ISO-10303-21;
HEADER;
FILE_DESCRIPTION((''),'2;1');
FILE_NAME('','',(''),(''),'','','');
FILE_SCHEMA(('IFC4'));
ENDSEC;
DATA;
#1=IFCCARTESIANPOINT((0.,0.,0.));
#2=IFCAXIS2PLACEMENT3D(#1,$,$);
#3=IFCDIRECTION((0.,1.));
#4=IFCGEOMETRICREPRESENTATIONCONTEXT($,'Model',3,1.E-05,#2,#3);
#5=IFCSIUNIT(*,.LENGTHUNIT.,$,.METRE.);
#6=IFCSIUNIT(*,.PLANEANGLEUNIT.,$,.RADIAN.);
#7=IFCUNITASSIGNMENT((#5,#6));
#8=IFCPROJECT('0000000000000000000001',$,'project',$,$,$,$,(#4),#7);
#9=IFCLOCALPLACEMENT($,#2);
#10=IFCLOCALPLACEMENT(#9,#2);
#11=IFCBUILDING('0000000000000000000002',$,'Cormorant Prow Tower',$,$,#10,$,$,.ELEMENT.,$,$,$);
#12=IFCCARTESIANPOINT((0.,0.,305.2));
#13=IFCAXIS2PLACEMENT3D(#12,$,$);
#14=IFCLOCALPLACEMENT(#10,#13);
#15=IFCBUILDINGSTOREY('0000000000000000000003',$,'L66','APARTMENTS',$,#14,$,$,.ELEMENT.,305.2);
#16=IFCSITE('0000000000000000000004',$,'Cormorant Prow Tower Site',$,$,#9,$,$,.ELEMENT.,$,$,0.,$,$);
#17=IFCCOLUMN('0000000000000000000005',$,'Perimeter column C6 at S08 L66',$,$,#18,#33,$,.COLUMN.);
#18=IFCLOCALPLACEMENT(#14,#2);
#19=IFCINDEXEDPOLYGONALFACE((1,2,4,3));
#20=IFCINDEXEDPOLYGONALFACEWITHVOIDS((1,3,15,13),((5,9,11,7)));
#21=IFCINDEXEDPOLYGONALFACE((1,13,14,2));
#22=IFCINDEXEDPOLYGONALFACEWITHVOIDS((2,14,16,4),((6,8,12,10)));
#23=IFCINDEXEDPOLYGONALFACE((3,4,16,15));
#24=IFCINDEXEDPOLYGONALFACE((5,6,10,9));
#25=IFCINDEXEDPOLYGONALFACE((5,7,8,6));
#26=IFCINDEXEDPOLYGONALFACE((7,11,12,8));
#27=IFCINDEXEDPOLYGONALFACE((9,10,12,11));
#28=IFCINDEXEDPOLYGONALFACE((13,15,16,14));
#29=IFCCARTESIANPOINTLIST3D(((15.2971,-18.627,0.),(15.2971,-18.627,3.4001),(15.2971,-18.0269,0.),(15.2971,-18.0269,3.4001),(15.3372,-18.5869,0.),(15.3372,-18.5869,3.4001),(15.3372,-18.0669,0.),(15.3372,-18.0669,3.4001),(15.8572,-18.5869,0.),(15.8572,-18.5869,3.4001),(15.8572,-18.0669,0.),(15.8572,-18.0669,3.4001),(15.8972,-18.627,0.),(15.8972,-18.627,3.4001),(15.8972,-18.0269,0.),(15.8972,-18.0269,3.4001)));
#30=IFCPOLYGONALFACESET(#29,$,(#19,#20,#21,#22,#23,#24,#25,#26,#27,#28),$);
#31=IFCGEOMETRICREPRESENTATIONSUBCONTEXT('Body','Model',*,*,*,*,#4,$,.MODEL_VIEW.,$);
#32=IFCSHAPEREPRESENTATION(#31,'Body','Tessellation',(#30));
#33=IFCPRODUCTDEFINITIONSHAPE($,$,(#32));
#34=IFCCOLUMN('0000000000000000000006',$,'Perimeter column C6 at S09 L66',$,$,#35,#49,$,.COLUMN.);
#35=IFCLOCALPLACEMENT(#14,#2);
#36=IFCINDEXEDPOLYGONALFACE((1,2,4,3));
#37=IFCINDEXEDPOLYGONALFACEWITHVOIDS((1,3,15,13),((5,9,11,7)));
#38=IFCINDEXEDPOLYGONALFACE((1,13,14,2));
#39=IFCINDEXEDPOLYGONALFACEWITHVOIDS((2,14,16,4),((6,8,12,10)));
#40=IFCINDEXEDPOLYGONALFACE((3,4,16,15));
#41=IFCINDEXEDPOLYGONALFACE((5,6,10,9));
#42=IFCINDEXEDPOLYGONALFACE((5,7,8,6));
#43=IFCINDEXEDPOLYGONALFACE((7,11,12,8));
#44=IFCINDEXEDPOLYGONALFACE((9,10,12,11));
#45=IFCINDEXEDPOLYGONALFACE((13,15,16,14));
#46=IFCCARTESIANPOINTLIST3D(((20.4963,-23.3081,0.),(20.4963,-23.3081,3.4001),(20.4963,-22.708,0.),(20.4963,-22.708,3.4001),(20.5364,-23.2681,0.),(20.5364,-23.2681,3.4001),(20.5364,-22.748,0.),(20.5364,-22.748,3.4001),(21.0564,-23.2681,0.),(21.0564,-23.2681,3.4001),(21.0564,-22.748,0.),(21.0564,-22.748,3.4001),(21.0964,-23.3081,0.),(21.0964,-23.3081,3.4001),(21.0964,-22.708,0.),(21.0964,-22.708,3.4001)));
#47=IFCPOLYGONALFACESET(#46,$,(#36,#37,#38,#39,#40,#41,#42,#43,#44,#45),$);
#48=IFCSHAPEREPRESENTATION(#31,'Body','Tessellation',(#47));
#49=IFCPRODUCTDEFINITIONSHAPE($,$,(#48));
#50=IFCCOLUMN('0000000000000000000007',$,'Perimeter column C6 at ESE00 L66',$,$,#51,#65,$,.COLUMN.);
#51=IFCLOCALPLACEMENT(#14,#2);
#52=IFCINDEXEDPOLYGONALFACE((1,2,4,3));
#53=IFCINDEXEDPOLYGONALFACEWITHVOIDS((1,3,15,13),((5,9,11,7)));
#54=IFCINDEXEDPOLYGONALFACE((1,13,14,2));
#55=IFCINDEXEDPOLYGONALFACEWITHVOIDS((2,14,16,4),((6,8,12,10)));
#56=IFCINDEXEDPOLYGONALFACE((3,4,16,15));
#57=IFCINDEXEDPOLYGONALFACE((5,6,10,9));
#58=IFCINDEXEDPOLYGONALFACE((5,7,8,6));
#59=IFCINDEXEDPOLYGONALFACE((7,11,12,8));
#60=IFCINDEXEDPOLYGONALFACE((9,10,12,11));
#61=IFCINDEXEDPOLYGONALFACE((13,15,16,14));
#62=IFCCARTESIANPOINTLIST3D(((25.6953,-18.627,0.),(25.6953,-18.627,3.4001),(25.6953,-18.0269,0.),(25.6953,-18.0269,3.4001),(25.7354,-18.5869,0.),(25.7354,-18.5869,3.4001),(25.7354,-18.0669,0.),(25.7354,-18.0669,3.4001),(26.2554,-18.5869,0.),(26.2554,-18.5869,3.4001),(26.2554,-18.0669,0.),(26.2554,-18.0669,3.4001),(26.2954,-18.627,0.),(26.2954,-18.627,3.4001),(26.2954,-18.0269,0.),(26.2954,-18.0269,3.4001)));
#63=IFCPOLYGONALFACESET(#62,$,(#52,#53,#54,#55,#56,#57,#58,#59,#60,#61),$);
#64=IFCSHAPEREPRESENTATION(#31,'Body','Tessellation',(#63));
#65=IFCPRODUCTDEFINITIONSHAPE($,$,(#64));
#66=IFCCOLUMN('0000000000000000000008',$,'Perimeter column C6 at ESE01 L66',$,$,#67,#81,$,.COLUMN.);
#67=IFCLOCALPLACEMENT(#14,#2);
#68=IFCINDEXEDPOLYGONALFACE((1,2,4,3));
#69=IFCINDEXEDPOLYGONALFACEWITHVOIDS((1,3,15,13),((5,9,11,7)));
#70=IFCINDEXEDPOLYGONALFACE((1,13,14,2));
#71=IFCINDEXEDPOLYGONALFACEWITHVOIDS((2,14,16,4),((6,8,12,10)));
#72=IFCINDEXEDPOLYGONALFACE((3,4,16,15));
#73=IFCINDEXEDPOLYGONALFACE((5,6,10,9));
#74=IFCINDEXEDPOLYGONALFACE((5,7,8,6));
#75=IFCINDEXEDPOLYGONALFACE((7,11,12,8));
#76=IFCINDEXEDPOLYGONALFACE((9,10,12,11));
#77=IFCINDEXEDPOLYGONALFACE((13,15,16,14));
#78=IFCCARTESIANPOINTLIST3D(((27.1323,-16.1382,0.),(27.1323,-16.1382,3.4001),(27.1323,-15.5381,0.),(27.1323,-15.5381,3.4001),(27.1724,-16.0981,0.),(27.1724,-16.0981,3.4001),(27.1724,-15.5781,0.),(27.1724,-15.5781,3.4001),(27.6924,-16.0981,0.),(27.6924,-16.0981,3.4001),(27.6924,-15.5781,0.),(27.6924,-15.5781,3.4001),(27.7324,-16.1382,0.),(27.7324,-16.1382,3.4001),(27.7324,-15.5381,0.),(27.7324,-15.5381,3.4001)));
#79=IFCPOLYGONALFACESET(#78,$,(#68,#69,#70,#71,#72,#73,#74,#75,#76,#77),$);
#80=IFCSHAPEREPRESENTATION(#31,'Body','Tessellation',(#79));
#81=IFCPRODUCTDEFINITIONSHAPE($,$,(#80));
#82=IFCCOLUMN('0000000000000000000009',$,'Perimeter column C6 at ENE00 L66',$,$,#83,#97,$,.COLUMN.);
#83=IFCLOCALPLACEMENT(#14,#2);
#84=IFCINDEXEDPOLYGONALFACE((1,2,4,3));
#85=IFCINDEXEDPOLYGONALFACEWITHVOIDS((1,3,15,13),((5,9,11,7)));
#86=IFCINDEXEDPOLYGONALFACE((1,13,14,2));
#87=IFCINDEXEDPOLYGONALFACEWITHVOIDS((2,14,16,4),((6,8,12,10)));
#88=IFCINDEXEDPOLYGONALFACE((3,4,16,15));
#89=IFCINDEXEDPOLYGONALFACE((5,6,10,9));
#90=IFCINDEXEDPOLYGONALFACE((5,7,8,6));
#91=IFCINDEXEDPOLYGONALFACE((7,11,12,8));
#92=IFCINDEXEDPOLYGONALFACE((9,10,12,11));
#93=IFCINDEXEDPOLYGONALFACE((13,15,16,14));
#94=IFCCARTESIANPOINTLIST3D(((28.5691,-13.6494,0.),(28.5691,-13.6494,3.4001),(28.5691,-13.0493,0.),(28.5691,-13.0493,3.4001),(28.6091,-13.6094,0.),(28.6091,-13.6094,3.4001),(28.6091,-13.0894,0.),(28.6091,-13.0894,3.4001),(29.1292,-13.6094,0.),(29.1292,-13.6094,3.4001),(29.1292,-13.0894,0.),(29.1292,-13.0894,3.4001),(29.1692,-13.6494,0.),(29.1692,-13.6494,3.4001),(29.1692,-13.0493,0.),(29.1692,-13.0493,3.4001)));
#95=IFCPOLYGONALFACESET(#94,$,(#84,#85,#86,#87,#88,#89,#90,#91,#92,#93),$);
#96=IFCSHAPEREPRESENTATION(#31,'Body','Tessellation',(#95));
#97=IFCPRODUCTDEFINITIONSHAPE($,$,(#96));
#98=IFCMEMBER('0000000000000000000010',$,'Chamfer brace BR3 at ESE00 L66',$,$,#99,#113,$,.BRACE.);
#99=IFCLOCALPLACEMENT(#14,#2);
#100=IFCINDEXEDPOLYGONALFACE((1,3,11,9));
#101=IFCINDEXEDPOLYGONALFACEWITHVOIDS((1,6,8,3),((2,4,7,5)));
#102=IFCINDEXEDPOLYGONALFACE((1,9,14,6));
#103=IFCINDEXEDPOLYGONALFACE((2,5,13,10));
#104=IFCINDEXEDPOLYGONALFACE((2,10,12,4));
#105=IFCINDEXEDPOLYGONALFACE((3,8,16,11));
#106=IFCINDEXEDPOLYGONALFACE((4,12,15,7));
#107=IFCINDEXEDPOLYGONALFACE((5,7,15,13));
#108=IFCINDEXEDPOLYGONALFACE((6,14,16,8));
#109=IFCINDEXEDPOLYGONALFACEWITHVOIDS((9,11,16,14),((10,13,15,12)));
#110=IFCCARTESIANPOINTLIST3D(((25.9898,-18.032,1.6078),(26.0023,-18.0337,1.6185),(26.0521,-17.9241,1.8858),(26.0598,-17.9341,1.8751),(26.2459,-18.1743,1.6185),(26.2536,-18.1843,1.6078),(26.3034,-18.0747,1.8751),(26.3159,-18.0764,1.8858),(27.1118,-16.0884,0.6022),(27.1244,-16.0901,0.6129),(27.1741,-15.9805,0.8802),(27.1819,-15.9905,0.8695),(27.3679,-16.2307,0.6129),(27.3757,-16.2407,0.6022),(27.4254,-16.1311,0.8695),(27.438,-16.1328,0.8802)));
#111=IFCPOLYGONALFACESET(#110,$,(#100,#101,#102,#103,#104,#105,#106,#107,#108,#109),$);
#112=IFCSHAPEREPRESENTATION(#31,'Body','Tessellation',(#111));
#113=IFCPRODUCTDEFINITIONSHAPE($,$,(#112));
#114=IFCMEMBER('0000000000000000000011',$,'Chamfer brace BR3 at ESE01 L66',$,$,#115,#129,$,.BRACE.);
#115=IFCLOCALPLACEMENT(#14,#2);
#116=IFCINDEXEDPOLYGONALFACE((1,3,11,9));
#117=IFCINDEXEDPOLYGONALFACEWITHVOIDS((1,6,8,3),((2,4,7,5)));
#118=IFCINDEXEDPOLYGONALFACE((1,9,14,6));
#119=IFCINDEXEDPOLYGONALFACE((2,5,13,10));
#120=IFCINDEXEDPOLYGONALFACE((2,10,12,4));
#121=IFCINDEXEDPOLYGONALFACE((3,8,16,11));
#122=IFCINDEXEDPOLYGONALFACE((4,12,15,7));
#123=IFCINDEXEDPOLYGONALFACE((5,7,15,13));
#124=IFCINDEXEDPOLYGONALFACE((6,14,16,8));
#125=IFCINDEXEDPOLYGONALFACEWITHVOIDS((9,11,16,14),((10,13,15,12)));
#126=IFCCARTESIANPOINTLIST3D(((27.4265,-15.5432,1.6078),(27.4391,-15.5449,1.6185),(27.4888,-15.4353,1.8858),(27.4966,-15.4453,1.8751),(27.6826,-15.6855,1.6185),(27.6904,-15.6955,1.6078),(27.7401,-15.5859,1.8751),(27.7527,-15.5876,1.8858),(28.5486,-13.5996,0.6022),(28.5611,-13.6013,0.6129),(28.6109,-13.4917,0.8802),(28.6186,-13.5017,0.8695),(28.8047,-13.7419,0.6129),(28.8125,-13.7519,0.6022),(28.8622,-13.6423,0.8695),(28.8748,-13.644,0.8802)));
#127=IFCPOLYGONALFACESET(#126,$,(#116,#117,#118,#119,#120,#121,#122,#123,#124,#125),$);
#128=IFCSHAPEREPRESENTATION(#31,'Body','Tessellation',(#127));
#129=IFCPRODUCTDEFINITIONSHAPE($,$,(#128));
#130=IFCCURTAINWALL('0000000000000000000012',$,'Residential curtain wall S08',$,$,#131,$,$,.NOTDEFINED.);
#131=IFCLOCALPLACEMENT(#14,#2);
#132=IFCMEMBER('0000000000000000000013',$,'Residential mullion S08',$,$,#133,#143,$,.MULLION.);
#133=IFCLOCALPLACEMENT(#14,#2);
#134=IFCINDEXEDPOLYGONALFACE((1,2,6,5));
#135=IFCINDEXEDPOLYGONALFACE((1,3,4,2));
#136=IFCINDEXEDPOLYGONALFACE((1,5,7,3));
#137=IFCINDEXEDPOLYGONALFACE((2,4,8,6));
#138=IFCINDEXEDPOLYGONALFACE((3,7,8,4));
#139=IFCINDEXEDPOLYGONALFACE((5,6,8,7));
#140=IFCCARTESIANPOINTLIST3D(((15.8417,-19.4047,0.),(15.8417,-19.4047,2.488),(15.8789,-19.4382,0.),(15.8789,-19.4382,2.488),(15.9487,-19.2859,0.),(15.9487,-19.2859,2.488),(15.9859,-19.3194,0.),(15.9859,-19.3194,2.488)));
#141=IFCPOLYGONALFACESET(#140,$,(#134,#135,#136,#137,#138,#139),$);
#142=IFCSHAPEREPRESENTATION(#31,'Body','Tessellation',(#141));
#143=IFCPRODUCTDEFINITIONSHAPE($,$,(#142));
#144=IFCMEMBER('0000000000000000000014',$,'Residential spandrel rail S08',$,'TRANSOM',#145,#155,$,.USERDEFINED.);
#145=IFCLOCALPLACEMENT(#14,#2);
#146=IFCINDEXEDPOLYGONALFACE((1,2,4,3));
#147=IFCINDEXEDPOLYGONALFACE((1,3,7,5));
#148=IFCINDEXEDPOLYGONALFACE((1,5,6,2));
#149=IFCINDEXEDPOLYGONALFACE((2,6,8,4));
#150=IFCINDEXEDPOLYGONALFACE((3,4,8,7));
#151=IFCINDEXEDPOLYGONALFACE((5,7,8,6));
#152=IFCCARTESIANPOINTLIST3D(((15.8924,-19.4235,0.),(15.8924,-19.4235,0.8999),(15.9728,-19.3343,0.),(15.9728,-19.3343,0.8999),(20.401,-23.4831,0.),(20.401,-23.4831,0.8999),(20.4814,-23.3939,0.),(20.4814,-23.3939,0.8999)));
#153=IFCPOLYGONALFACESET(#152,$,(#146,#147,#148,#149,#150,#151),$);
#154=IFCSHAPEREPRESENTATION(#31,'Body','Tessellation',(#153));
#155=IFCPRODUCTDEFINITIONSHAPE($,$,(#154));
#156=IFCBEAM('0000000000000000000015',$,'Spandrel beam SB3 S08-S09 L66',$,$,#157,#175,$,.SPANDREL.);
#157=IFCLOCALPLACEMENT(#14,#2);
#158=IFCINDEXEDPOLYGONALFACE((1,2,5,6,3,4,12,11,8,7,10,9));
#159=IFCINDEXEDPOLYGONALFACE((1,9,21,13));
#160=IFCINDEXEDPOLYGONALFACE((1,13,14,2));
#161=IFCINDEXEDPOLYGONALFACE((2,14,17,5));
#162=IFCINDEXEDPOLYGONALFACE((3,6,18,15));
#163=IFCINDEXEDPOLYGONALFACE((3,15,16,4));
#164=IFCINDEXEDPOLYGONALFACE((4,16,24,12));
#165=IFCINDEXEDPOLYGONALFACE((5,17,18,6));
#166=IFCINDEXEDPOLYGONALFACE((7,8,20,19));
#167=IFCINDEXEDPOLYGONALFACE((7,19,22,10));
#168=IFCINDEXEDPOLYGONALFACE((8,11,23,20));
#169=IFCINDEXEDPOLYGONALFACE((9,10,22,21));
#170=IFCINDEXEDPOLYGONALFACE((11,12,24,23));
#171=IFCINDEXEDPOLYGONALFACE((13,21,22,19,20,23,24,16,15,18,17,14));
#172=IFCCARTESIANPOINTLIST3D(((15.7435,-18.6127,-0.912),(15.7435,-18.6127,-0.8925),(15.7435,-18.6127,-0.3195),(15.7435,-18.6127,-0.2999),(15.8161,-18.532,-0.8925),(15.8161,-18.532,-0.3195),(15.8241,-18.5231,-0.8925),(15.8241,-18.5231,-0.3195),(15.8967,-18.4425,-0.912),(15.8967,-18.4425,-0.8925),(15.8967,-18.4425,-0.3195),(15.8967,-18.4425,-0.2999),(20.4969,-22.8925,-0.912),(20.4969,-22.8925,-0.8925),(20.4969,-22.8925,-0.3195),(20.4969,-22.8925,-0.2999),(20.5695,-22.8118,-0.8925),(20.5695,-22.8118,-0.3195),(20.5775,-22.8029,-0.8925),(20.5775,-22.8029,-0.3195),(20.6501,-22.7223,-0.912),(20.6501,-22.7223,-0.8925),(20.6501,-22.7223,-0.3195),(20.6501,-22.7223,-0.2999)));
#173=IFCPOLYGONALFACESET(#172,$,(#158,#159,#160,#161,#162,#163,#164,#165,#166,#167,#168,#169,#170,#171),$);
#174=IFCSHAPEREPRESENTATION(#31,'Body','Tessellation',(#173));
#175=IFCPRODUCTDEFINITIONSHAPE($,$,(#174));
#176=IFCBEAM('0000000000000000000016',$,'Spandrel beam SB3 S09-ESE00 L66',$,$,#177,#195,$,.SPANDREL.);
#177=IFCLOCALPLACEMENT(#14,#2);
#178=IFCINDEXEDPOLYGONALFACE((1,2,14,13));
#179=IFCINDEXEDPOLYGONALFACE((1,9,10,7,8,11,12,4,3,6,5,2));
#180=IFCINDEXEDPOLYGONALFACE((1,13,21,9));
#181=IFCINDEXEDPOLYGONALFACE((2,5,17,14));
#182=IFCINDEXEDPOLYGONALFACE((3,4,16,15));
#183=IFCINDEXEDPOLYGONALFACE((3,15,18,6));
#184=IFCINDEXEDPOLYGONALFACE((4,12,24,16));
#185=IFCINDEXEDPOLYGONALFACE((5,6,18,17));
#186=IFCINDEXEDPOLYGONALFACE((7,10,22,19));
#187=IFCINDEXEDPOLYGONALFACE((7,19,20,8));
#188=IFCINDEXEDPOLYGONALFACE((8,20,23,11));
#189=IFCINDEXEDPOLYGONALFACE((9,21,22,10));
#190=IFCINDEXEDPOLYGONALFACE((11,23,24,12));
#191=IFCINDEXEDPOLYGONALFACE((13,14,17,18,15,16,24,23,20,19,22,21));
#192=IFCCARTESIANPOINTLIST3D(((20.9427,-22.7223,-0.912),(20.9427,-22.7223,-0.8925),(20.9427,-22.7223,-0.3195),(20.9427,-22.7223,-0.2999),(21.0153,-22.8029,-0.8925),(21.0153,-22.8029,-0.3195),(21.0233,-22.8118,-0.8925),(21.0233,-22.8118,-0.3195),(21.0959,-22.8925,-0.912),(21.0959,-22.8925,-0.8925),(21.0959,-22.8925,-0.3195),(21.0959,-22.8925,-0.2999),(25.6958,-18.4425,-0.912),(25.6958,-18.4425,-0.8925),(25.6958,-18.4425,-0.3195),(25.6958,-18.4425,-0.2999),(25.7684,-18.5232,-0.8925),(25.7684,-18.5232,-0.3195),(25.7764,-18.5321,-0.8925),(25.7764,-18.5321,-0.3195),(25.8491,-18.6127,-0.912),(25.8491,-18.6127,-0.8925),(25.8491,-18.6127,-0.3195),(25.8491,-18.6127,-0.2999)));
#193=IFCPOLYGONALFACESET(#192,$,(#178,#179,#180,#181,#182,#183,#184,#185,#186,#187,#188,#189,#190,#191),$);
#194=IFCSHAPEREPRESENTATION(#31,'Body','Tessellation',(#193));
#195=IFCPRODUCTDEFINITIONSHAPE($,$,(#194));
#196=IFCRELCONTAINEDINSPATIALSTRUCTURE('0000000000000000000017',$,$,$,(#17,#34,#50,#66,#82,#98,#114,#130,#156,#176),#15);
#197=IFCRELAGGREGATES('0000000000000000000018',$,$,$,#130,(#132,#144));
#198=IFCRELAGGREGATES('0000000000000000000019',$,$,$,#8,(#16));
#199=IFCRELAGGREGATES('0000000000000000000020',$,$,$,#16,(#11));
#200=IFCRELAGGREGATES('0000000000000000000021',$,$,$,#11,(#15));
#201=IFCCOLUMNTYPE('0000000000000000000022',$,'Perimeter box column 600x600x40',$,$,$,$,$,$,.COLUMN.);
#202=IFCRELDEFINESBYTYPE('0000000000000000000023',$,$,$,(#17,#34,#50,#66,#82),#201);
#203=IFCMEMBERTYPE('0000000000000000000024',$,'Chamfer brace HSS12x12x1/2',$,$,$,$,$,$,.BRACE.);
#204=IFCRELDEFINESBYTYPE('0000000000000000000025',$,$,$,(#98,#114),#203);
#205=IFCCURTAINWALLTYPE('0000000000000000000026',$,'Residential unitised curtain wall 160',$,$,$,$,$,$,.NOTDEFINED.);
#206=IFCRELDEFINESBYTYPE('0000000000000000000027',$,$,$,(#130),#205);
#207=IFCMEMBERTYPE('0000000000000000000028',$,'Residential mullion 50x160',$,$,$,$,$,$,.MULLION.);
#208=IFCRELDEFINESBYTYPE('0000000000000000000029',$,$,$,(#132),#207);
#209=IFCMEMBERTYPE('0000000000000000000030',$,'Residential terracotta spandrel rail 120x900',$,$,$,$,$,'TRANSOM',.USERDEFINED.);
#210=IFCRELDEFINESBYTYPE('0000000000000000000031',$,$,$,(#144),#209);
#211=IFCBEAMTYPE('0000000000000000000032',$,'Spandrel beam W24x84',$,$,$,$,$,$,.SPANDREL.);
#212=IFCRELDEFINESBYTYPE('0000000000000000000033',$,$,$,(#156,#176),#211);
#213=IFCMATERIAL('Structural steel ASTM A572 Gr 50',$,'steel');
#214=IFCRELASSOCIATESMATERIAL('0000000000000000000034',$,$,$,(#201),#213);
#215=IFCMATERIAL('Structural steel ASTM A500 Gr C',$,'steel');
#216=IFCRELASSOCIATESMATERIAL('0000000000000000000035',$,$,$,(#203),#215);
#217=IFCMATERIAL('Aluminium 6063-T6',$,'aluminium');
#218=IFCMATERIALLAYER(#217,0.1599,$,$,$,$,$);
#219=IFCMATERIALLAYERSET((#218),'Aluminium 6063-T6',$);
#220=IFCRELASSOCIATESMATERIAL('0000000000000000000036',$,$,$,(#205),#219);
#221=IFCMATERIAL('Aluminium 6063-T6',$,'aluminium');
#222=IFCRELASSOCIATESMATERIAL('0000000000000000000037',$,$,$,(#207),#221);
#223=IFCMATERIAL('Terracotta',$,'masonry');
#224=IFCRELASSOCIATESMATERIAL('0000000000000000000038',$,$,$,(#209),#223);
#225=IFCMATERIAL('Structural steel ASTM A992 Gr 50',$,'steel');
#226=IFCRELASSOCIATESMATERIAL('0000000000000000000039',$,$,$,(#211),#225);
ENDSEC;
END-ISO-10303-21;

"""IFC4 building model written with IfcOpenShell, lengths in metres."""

from ifc_helpers import new_model, si_unit, direction, frame, origin, origin_2d, place, context, subcontext, project, spatial, rectangle, hollow_rectangle, i_section, extrude, material, layer, layer_set, material_profile, profile_set, type_object, element, aggregate, save


model = new_model("IFC4")

# Units and contexts
model_context = context("Model", 3, precision=1e-05, world=origin(), true_north=direction((0.0, 1.0)))
body_context = subcontext(model_context, "Body", "Model", "MODEL_VIEW")
ifc_project = project(units=[si_unit("LENGTHUNIT", "METRE"), si_unit("PLANEANGLEUNIT", "RADIAN")], contexts=[model_context])

# Site, building, storey
site_placement = place(None, origin())
site = spatial("IfcSite", under=ifc_project, at=site_placement, Name="Cormorant Prow Tower Site", CompositionType="ELEMENT", RefElevation=0.0)
building_placement = place(site_placement, origin())
building = spatial("IfcBuilding", under=site, at=building_placement, Name="Cormorant Prow Tower", CompositionType="ELEMENT")
storey_placement = place(building_placement, frame((0.0, 0.0, 305.2)))
storey = spatial("IfcBuildingStorey", under=building, at=storey_placement, Name="L66", Description="APARTMENTS", CompositionType="ELEMENT", Elevation=305.2)

# Columns
ifc_material_1 = material(Name="Structural steel ASTM A572 Gr 50", Category="steel")
ifc_material_profile_1 = material_profile(ifc_material_1, hollow_rectangle(XDim=0.6001, YDim=0.6001, WallThickness=0.04, at=origin_2d()), Name="Box 600x600x40")
ifc_profile_set_1 = profile_set([ifc_material_profile_1], Name="Structural steel ASTM A572 Gr 50")
column_type = type_object("IfcColumnType", Name="Perimeter box column 600x600x40", PredefinedType="COLUMN", material=ifc_profile_set_1)
for number, where, z_axis, x_axis, name in (
    (1, (15.5972, -18.3269, 0.0), (0.0, 0.0, 1.0), (1.0, 0.0, 0.0), "Perimeter column C6 at S08 L66"),
    (2, (20.7964, -23.0081, 0.0), (0.0, 0.0, 1.0), (1.0, 0.0, 0.0), "Perimeter column C6 at S09 L66"),
    (3, (25.9954, -18.3269, 0.0), (0.0, 0.0, 1.0), (1.0, 0.0, 0.0), "Perimeter column C6 at ESE00 L66"),
    (4, (27.4324, -15.8381, 0.0), (0.0, 0.0, 1.0), (1.0, 0.0, 0.0), "Perimeter column C6 at ESE01 L66"),
    (5, (28.8691, -13.3494, 0.0), (0.0, 0.0, 1.0), (1.0, 0.0, 0.0), "Perimeter column C6 at ENE00 L66"),
):
    element("IfcColumn", number, at=place(storey_placement, frame(where, z_axis=z_axis, x_axis=x_axis)), inside=storey, type_object=column_type, Name=name, PredefinedType="COLUMN", context=body_context, shape_type="SweptSolid", body=[
        extrude(hollow_rectangle(XDim=0.6001, YDim=0.6001, WallThickness=0.04, at=origin_2d()), origin(), (0.0, 0.0, 1.0), 3.4001),
    ])

# Members
ifc_material_2 = material(Name="Structural steel ASTM A500 Gr C", Category="steel")
ifc_material_profile_2 = material_profile(ifc_material_2, hollow_rectangle(XDim=0.3047, YDim=0.3047, WallThickness=0.0117, at=origin_2d()), Name="HSS12x12x1/2")
ifc_profile_set_2 = profile_set([ifc_material_profile_2], Name="Structural steel ASTM A500 Gr C")
member_type_1 = type_object("IfcMemberType", Name="Chamfer brace HSS12x12x1/2", PredefinedType="BRACE", material=ifc_profile_set_2)
for number, where, z_axis, x_axis, name in (
    (6, (27.2749, -16.1106, 0.7412), (-0.456266, -0.790324, 0.408912), (0.866039, -0.499977, 0.0), "Chamfer brace BR3 at ESE00 L66"),
    (7, (28.7117, -13.6218, 0.7412), (-0.456266, -0.790324, 0.408912), (0.866039, -0.499977, 0.0), "Chamfer brace BR3 at ESE01 L66"),
):
    element("IfcMember", number, at=place(storey_placement, frame(where, z_axis=z_axis, x_axis=x_axis)), inside=storey, type_object=member_type_1, Name=name, PredefinedType="BRACE", context=body_context, shape_type="SweptSolid", body=[
        extrude(hollow_rectangle(XDim=0.3047, YDim=0.3047, WallThickness=0.0117, at=origin_2d()), origin(), (0.0, 0.0, 1.0), 2.4592),
    ])

# Curtain wall, members
ifc_material_3 = material(Name="Aluminium 6063-T6", Category="aluminium")
ifc_layer_1 = layer(ifc_material_3, 0.1599)
ifc_layer_set_1 = layer_set([ifc_layer_1], Name="Aluminium 6063-T6")
curtain_wall_type = type_object("IfcCurtainWallType", Name="Residential unitised curtain wall 160", PredefinedType="NOTDEFINED", material=ifc_layer_set_1)
curtain_wall_placement = place(storey_placement, origin())
curtain_wall = element("IfcCurtainWall", 8, at=curtain_wall_placement, inside=storey, type_object=curtain_wall_type, Name="Residential curtain wall S08", PredefinedType="NOTDEFINED")
ifc_material_4 = material(Name="Aluminium 6063-T6", Category="aluminium")
ifc_material_profile_3 = material_profile(ifc_material_4, rectangle(XDim=0.1599, YDim=0.05, at=origin_2d()), Name="Residential mullion 50x160")
ifc_profile_set_3 = profile_set([ifc_material_profile_3], Name="Aluminium 6063-T6")
member_type_2 = type_object("IfcMemberType", Name="Residential mullion 50x160", PredefinedType="MULLION", material=ifc_profile_set_3)
member_1_placement = place(storey_placement, frame((15.9138, -19.3621, 0.0), z_axis=(0.0, 0.0, 1.0), x_axis=(0.669131, 0.743145, 0.0)))
member_1 = element("IfcMember", 9, at=member_1_placement, type_object=member_type_2, Name="Residential mullion S08", PredefinedType="MULLION", context=body_context, shape_type="SweptSolid", body=[
    extrude(rectangle(XDim=0.1599, YDim=0.05, at=origin_2d()), origin(), (0.0, 0.0, 1.0), 2.488),
])
ifc_material_5 = material(Name="Terracotta", Category="masonry")
ifc_material_profile_4 = material_profile(ifc_material_5, rectangle(XDim=0.1201, YDim=0.8999, at=origin_2d()), Name="Residential terracotta spandrel rail 120x900")
ifc_profile_set_4 = profile_set([ifc_material_profile_4], Name="Terracotta")
member_type_3 = type_object("IfcMemberType", Name="Residential terracotta spandrel rail 120x900", ElementType="TRANSOM", PredefinedType="USERDEFINED", material=ifc_profile_set_4)
member_2_placement = place(storey_placement, frame((15.9326, -19.3789, 0.45), z_axis=(0.74314, -0.669136, 0.0), x_axis=(0.669136, 0.74314, 0.0)))
member_2 = element("IfcMember", 10, at=member_2_placement, type_object=member_type_3, Name="Residential spandrel rail S08", ObjectType="TRANSOM", PredefinedType="USERDEFINED", context=body_context, shape_type="SweptSolid", body=[
    extrude(rectangle(XDim=0.1201, YDim=0.8999, at=origin_2d()), origin(), (0.0, 0.0, 1.0), 6.0669),
])

# Beams
ifc_material_6 = material(Name="Structural steel ASTM A992 Gr 50", Category="steel")
ifc_material_profile_5 = material_profile(ifc_material_6, i_section(OverallWidth=0.229, OverallDepth=0.6121, WebThickness=0.012, FlangeThickness=0.0195, at=origin_2d()), Name="W24x84")
ifc_profile_set_5 = profile_set([ifc_material_profile_5], Name="Structural steel ASTM A992 Gr 50")
beam_type = type_object("IfcBeamType", Name="Spandrel beam W24x84", PredefinedType="SPANDREL", material=ifc_profile_set_5)
beam_1_placement = place(storey_placement, frame((15.8201, -18.5276, -0.606), z_axis=(0.743161, -0.669112, 0.0), x_axis=(0.669112, 0.743161, 0.0)))
element("IfcBeam", 11, at=beam_1_placement, inside=storey, type_object=beam_type, Name="Spandrel beam SB3 S08-S09 L66", PredefinedType="SPANDREL", context=body_context, shape_type="SweptSolid", body=[
    extrude(i_section(OverallWidth=0.229, OverallDepth=0.6121, WebThickness=0.012, FlangeThickness=0.0195, at=origin_2d()), origin(), (0.0, 0.0, 1.0), 6.3962),
])
beam_2_placement = place(storey_placement, frame((21.0193, -22.8074, -0.606), z_axis=(0.743144, 0.669131, 0.0), x_axis=(-0.669131, 0.743144, 0.0)))
element("IfcBeam", 12, at=beam_2_placement, inside=storey, type_object=beam_type, Name="Spandrel beam SB3 S09-ESE00 L66", PredefinedType="SPANDREL", context=body_context, shape_type="SweptSolid", body=[
    extrude(i_section(OverallWidth=0.229, OverallDepth=0.6121, WebThickness=0.012, FlangeThickness=0.0195, at=origin_2d()), origin(), (0.0, 0.0, 1.0), 6.396),
])

aggregate(curtain_wall, [member_1, member_2])

save(model, "model.ifc")
